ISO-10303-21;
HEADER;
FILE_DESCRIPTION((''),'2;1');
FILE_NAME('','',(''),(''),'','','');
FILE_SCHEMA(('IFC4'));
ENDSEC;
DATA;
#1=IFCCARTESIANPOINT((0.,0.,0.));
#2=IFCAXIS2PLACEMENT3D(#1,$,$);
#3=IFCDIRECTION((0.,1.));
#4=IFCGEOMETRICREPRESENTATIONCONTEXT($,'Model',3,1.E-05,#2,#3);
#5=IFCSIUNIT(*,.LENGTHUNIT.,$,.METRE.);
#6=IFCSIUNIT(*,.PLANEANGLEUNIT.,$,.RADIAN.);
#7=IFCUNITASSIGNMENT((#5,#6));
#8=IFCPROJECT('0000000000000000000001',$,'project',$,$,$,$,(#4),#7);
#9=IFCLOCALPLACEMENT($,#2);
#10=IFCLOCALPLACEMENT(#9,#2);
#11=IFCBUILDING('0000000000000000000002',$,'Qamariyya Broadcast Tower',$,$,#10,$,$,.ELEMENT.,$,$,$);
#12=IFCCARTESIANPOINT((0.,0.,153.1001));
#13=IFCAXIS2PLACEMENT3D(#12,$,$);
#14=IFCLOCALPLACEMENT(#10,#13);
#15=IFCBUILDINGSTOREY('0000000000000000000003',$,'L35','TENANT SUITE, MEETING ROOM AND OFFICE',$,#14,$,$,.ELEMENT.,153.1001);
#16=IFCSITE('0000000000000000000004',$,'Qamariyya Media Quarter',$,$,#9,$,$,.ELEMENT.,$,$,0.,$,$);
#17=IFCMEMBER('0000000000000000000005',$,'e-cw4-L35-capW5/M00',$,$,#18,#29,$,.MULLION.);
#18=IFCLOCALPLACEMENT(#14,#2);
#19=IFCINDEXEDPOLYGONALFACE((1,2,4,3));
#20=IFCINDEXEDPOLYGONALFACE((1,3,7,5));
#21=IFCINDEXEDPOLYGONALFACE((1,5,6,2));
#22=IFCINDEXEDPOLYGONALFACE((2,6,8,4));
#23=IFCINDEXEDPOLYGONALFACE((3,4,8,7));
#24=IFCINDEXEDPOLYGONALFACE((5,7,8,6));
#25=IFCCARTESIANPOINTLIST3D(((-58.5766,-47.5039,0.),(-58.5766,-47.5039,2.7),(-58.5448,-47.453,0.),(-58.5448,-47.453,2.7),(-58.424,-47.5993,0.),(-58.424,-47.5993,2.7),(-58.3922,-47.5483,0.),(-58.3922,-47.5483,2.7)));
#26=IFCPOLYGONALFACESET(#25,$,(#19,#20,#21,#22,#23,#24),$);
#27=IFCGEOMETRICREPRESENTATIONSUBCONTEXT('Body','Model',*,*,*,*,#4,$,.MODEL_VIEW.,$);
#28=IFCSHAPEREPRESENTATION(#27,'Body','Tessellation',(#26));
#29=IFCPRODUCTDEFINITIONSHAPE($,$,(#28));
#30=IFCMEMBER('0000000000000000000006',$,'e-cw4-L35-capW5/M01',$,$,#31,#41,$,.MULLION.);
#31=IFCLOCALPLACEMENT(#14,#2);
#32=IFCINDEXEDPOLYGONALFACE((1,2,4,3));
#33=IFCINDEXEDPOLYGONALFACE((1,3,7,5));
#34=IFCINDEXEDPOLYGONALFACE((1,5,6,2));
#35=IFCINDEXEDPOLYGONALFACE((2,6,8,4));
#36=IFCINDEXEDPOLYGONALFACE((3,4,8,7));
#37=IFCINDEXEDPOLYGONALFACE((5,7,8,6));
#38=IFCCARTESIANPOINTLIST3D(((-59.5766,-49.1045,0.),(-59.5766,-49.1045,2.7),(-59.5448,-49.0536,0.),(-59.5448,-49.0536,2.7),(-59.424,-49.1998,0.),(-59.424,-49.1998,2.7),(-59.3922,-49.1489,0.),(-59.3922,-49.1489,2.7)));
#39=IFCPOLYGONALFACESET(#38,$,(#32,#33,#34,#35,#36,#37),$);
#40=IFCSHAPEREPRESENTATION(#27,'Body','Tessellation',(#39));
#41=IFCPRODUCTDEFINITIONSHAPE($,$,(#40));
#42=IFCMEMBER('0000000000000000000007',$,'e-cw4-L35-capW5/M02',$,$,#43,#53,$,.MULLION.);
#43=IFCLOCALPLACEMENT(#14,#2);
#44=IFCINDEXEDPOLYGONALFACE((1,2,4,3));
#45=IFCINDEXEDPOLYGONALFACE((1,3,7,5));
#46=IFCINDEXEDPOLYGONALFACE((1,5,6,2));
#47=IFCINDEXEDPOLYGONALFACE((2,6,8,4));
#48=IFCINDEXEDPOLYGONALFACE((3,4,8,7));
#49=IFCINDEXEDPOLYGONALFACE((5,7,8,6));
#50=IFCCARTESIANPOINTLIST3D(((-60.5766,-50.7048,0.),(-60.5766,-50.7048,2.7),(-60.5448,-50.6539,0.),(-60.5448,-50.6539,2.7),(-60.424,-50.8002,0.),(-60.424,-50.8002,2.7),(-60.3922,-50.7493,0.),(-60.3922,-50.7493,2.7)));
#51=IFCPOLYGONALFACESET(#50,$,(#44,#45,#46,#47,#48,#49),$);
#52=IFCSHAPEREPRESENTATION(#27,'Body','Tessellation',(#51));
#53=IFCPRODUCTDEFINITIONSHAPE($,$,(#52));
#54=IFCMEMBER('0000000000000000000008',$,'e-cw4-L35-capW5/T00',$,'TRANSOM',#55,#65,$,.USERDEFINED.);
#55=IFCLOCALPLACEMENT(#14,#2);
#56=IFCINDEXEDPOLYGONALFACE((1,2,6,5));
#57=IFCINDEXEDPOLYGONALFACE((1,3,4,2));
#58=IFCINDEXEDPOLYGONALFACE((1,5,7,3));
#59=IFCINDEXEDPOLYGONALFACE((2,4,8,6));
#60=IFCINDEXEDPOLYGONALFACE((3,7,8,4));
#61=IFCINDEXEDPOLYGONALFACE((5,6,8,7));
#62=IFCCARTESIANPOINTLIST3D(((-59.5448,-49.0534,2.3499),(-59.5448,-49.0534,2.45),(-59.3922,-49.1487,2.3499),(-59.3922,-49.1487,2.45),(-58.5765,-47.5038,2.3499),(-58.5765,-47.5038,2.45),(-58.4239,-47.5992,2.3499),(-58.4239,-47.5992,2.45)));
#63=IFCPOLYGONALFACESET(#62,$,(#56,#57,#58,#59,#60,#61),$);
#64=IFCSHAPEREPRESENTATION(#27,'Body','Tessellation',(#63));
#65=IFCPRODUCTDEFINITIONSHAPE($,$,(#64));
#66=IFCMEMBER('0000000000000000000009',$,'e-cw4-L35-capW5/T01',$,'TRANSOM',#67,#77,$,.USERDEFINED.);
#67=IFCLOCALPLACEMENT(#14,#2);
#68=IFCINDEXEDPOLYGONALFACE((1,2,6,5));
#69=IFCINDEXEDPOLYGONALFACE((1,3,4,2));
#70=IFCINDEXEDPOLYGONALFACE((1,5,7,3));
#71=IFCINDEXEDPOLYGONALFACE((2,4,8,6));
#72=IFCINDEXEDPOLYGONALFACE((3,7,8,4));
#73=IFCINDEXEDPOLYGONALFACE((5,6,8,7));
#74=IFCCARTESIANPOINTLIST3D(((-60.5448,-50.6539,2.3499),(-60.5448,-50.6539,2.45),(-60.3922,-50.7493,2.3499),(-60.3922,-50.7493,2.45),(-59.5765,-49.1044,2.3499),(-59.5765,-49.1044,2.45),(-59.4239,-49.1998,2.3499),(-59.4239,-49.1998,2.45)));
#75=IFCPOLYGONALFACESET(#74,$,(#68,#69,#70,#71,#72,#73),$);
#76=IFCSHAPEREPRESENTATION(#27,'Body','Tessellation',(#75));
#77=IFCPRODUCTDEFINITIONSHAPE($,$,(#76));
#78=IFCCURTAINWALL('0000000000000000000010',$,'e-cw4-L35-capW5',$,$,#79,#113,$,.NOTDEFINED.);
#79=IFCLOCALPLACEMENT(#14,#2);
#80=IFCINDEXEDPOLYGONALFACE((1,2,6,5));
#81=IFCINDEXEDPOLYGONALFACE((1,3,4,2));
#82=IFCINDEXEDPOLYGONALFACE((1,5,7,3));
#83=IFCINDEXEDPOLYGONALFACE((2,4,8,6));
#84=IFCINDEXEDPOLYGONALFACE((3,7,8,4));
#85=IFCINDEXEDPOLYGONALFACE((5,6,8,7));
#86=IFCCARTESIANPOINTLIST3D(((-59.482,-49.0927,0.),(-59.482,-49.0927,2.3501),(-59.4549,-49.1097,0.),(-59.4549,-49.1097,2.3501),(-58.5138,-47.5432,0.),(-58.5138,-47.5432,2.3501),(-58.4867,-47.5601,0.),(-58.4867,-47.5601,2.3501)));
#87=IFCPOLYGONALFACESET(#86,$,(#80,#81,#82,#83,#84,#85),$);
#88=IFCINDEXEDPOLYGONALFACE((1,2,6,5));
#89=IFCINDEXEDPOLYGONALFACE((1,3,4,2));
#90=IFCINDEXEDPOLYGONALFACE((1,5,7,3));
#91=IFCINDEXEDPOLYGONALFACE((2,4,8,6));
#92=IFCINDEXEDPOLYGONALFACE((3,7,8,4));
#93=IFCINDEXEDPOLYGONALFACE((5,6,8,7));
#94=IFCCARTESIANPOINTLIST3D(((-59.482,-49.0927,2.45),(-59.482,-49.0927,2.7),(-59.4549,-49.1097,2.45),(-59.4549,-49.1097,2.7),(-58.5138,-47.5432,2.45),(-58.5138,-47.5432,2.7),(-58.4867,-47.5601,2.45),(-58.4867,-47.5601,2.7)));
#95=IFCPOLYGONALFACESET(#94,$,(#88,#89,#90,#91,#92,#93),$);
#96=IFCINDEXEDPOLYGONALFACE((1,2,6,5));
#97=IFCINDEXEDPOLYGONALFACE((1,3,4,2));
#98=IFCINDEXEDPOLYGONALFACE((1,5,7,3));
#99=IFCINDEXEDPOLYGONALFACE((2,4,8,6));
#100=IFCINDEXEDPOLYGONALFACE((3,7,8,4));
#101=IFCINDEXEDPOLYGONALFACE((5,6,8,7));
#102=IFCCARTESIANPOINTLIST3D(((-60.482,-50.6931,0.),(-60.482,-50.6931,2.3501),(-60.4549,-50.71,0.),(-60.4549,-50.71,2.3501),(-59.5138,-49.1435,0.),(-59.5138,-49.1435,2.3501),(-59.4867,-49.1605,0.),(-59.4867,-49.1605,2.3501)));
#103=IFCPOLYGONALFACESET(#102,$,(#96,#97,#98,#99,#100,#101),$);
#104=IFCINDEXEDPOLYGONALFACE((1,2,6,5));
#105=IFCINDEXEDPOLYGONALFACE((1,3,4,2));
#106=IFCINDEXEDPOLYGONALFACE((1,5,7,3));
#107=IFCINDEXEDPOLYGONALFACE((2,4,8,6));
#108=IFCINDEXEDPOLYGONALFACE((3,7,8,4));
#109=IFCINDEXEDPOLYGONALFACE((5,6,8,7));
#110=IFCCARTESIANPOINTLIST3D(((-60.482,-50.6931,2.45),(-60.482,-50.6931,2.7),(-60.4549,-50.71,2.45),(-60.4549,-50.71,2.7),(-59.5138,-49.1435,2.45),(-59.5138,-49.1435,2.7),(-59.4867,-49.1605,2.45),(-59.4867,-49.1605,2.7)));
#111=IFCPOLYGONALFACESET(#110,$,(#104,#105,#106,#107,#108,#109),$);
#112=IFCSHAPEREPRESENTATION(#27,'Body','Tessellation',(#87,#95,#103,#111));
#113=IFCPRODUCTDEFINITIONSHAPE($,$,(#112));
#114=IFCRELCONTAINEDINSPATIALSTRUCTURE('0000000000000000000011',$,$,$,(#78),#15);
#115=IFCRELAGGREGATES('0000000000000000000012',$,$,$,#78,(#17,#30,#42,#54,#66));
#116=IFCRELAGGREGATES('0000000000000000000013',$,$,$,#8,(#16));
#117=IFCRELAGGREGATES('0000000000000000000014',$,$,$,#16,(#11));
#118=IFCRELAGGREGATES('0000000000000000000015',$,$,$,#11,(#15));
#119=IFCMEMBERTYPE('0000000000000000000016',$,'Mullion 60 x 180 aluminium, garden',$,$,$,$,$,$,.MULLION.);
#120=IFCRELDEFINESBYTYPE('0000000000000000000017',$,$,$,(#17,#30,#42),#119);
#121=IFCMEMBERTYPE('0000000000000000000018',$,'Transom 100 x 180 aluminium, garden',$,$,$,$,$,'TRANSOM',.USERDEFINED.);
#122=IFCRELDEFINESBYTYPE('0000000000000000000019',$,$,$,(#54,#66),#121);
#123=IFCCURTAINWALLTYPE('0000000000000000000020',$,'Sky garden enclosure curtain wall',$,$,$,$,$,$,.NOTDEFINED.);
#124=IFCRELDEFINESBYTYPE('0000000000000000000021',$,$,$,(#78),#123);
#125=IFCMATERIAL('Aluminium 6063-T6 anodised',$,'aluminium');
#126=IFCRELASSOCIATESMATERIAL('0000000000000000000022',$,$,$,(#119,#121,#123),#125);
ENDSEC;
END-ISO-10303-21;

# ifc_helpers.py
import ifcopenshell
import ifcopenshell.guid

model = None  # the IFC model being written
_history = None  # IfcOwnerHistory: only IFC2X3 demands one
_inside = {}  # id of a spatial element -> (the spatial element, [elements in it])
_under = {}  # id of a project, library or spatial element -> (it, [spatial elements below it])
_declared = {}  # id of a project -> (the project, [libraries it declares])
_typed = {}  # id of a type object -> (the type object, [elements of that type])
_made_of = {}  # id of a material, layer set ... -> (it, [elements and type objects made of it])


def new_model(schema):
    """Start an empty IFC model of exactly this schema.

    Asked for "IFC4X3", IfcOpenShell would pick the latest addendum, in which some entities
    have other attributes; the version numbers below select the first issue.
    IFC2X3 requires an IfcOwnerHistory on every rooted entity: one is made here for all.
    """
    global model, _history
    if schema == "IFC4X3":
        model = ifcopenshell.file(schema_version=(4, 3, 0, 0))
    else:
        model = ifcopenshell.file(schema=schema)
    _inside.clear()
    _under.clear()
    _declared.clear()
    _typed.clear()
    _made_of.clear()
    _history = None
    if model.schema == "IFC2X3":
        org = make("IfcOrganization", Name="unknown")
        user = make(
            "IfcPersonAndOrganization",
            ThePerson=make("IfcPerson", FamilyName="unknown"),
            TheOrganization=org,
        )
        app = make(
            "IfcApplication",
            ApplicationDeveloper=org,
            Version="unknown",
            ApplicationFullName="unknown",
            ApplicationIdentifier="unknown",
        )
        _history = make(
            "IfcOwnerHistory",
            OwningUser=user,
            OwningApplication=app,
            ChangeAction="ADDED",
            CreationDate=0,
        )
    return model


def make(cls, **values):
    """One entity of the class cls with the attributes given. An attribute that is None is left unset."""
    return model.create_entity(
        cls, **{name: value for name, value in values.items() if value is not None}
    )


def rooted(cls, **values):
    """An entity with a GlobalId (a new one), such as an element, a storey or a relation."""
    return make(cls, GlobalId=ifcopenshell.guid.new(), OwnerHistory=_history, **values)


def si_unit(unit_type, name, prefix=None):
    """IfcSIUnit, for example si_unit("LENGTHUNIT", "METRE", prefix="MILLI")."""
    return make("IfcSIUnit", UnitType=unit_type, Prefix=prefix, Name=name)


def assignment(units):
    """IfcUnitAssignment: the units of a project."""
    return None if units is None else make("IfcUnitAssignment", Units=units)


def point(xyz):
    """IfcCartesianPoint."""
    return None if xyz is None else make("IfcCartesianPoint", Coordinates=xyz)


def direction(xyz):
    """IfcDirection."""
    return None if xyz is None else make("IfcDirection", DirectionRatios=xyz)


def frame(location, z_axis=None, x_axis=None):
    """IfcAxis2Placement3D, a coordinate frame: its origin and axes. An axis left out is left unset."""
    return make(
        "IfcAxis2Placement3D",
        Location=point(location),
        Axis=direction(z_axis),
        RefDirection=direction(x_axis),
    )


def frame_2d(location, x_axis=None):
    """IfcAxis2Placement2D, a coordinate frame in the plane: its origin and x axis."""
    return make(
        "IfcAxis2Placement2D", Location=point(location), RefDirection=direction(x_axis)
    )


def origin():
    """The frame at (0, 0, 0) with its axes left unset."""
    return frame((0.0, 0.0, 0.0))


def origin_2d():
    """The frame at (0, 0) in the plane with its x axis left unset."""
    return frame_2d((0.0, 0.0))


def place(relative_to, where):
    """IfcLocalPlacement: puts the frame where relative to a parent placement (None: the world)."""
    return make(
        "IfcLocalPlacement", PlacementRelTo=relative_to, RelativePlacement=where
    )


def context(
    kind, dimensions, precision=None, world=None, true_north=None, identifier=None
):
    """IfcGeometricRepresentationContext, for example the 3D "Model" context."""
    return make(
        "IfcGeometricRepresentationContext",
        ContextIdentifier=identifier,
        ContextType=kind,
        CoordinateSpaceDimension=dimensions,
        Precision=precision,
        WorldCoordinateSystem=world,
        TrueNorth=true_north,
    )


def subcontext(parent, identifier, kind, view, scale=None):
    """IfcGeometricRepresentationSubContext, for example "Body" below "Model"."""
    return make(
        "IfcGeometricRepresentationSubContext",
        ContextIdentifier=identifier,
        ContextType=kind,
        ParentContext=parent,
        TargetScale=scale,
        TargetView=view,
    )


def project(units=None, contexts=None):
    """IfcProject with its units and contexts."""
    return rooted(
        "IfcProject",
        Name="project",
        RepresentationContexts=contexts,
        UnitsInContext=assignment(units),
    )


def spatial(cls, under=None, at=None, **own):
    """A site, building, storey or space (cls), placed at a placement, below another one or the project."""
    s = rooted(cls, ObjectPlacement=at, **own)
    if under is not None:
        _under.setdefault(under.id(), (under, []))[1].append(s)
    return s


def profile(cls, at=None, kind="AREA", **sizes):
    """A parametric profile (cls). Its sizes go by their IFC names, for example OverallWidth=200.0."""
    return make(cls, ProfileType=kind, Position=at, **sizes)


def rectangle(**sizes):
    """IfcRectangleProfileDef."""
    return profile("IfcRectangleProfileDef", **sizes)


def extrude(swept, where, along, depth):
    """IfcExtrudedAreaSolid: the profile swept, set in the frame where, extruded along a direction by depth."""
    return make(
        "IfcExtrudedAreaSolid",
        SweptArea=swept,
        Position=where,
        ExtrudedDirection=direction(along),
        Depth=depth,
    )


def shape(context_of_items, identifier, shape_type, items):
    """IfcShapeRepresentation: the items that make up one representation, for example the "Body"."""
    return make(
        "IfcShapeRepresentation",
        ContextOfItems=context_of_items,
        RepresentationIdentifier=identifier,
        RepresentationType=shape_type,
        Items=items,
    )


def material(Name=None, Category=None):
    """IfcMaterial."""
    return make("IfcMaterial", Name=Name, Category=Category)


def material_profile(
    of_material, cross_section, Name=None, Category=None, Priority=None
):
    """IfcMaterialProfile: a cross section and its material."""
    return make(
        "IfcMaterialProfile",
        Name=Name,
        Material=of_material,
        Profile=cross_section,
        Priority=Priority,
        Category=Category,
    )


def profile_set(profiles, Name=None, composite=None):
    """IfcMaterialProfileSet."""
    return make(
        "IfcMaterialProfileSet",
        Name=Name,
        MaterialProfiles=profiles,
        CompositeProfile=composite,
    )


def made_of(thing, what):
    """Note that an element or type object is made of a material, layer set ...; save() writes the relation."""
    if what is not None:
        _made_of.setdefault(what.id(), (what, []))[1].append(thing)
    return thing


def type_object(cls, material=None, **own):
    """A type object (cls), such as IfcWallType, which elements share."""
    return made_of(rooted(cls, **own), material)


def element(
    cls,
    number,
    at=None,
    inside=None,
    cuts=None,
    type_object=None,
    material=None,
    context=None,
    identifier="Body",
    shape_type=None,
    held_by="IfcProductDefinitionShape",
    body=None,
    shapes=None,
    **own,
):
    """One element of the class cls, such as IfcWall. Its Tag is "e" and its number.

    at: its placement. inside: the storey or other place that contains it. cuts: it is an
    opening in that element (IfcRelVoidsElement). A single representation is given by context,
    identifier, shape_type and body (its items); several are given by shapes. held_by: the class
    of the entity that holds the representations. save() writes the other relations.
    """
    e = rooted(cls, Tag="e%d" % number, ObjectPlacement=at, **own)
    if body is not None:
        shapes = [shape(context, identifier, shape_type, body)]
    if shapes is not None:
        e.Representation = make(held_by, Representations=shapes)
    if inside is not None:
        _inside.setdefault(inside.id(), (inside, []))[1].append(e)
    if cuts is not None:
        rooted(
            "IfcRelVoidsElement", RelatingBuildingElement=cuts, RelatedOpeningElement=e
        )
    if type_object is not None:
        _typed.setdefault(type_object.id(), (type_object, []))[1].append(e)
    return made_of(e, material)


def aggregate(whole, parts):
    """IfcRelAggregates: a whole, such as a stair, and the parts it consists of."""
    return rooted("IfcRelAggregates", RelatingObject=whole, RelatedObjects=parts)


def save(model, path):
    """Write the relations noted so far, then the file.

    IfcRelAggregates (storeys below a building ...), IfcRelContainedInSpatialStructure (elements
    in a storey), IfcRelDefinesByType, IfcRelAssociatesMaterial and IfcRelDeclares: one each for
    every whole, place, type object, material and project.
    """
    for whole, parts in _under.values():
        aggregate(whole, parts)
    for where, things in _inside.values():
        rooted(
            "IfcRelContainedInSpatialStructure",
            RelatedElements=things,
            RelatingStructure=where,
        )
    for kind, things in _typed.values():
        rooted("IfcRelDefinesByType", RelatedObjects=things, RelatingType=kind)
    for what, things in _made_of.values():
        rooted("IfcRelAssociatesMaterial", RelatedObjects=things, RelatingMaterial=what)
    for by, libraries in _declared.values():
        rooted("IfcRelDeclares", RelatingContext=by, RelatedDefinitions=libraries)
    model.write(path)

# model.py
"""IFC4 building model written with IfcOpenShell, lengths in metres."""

from ifc_helpers import new_model, si_unit, direction, frame, origin, origin_2d, place, context, subcontext, project, spatial, rectangle, extrude, material, material_profile, profile_set, type_object, element, aggregate, save


model = new_model("IFC4")

# Units and contexts
model_context = context("Model", 3, precision=1e-05, world=origin(), true_north=direction((0.0, 1.0)))
body_context = subcontext(model_context, "Body", "Model", "MODEL_VIEW")
ifc_project = project(units=[si_unit("LENGTHUNIT", "METRE"), si_unit("PLANEANGLEUNIT", "RADIAN")], contexts=[model_context])

# Members
ifc_material_1 = material(Name="Aluminium 6063-T6 anodised", Category="aluminium")
ifc_material_profile_1 = material_profile(ifc_material_1, rectangle(XDim=0.1799, YDim=0.0601, at=origin_2d()))
ifc_profile_set_1 = profile_set([ifc_material_profile_1], Name="Aluminium 6063-T6 anodised")
member_type_1 = type_object("IfcMemberType", Name="Mullion 60 x 180 aluminium, garden", PredefinedType="MULLION", material=ifc_profile_set_1)
site_placement = place(None, origin())
building_placement = place(site_placement, origin())
storey_placement = place(building_placement, frame((0.0, 0.0, 153.1001)))
member_1_placement = place(storey_placement, frame((-58.4844, -47.5261, 0.0), z_axis=(0.0, 0.0, 1.0), x_axis=(0.848055, -0.529909, 0.0)))
member_1 = element("IfcMember", 1, at=member_1_placement, type_object=member_type_1, Name="e-cw4-L35-capW5/M00", PredefinedType="MULLION", context=body_context, shape_type="SweptSolid", body=[
    extrude(rectangle(XDim=0.1799, YDim=0.0601, at=origin_2d()), origin(), (0.0, 0.0, 1.0), 2.7),
])
member_2_placement = place(storey_placement, frame((-59.4844, -49.1267, 0.0), z_axis=(0.0, 0.0, 1.0), x_axis=(0.848055, -0.529909, 0.0)))
member_2 = element("IfcMember", 2, at=member_2_placement, type_object=member_type_1, Name="e-cw4-L35-capW5/M01", PredefinedType="MULLION", context=body_context, shape_type="SweptSolid", body=[
    extrude(rectangle(XDim=0.1799, YDim=0.0601, at=origin_2d()), origin(), (0.0, 0.0, 1.0), 2.7),
])
member_3_placement = place(storey_placement, frame((-60.4844, -50.7271, 0.0), z_axis=(0.0, 0.0, 1.0), x_axis=(0.848055, -0.529909, 0.0)))
member_3 = element("IfcMember", 3, at=member_3_placement, type_object=member_type_1, Name="e-cw4-L35-capW5/M02", PredefinedType="MULLION", context=body_context, shape_type="SweptSolid", body=[
    extrude(rectangle(XDim=0.1799, YDim=0.0601, at=origin_2d()), origin(), (0.0, 0.0, 1.0), 2.7),
])
ifc_material_profile_2 = material_profile(ifc_material_1, rectangle(XDim=0.1799, YDim=0.1001, at=origin_2d()))
ifc_profile_set_2 = profile_set([ifc_material_profile_2], Name="Aluminium 6063-T6 anodised")
member_type_2 = type_object("IfcMemberType", Name="Transom 100 x 180 aluminium, garden", ElementType="TRANSOM", PredefinedType="USERDEFINED", material=ifc_profile_set_2)
member_4_placement = place(storey_placement, frame((-58.5002, -47.5515, 2.3999), z_axis=(-0.529915, -0.848051, 0.0), x_axis=(0.848051, -0.529915, 0.0)))
member_4 = element("IfcMember", 4, at=member_4_placement, type_object=member_type_2, Name="e-cw4-L35-capW5/T00", ObjectType="TRANSOM", PredefinedType="USERDEFINED", context=body_context, shape_type="SweptSolid", body=[
    extrude(rectangle(XDim=0.1799, YDim=0.1001, at=origin_2d()), origin(), (0.0, 0.0, 1.0), 1.8271),
])
member_5_placement = place(storey_placement, frame((-59.5002, -49.1521, 2.3999), z_axis=(-0.529915, -0.848051, 0.0), x_axis=(0.848051, -0.529915, 0.0)))
member_5 = element("IfcMember", 5, at=member_5_placement, type_object=member_type_2, Name="e-cw4-L35-capW5/T01", ObjectType="TRANSOM", PredefinedType="USERDEFINED", context=body_context, shape_type="SweptSolid", body=[
    extrude(rectangle(XDim=0.1799, YDim=0.1001, at=origin_2d()), origin(), (0.0, 0.0, 1.0), 1.8271),
])

# Site, building, storey
site = spatial("IfcSite", under=ifc_project, at=site_placement, Name="Qamariyya Media Quarter", CompositionType="ELEMENT", RefElevation=0.0)
building = spatial("IfcBuilding", under=site, at=building_placement, Name="Qamariyya Broadcast Tower", CompositionType="ELEMENT")
storey = spatial("IfcBuildingStorey", under=building, at=storey_placement, Name="L35", Description="TENANT SUITE, MEETING ROOM AND OFFICE", CompositionType="ELEMENT", Elevation=153.1001)

# Curtain wall
curtain_wall_type_1 = type_object("IfcCurtainWallType", Name="Sky garden enclosure curtain wall", PredefinedType="NOTDEFINED", material=ifc_material_1)
curtain_wall_1_placement = place(storey_placement, origin())
curtain_wall_1 = element("IfcCurtainWall", 6, at=curtain_wall_1_placement, inside=storey, type_object=curtain_wall_type_1, Name="e-cw4-L35-capW5", PredefinedType="NOTDEFINED", context=body_context, shape_type="SweptSolid", body=[
    extrude(rectangle(XDim=1.8271, YDim=0.032, at=origin_2d()), frame((-58.9844, -48.3264, 0.0), x_axis=(-0.52989, -0.848066, 0.0)), (0.0, 0.0, 1.0), 2.3501),
    extrude(rectangle(XDim=1.8271, YDim=0.032, at=origin_2d()), frame((-58.9844, -48.3264, 2.45), x_axis=(-0.52989, -0.848066, 0.0)), (0.0, 0.0, 1.0), 0.25),
    extrude(rectangle(XDim=1.8271, YDim=0.032, at=origin_2d()), frame((-59.9844, -49.9268, 0.0), x_axis=(-0.52989, -0.848066, 0.0)), (0.0, 0.0, 1.0), 2.3501),
    extrude(rectangle(XDim=1.8271, YDim=0.032, at=origin_2d()), frame((-59.9844, -49.9268, 2.45), x_axis=(-0.52989, -0.848066, 0.0)), (0.0, 0.0, 1.0), 0.25),
])
aggregate(curtain_wall_1, [member_1, member_2, member_3, member_4, member_5])

save(model, "model.ifc")
